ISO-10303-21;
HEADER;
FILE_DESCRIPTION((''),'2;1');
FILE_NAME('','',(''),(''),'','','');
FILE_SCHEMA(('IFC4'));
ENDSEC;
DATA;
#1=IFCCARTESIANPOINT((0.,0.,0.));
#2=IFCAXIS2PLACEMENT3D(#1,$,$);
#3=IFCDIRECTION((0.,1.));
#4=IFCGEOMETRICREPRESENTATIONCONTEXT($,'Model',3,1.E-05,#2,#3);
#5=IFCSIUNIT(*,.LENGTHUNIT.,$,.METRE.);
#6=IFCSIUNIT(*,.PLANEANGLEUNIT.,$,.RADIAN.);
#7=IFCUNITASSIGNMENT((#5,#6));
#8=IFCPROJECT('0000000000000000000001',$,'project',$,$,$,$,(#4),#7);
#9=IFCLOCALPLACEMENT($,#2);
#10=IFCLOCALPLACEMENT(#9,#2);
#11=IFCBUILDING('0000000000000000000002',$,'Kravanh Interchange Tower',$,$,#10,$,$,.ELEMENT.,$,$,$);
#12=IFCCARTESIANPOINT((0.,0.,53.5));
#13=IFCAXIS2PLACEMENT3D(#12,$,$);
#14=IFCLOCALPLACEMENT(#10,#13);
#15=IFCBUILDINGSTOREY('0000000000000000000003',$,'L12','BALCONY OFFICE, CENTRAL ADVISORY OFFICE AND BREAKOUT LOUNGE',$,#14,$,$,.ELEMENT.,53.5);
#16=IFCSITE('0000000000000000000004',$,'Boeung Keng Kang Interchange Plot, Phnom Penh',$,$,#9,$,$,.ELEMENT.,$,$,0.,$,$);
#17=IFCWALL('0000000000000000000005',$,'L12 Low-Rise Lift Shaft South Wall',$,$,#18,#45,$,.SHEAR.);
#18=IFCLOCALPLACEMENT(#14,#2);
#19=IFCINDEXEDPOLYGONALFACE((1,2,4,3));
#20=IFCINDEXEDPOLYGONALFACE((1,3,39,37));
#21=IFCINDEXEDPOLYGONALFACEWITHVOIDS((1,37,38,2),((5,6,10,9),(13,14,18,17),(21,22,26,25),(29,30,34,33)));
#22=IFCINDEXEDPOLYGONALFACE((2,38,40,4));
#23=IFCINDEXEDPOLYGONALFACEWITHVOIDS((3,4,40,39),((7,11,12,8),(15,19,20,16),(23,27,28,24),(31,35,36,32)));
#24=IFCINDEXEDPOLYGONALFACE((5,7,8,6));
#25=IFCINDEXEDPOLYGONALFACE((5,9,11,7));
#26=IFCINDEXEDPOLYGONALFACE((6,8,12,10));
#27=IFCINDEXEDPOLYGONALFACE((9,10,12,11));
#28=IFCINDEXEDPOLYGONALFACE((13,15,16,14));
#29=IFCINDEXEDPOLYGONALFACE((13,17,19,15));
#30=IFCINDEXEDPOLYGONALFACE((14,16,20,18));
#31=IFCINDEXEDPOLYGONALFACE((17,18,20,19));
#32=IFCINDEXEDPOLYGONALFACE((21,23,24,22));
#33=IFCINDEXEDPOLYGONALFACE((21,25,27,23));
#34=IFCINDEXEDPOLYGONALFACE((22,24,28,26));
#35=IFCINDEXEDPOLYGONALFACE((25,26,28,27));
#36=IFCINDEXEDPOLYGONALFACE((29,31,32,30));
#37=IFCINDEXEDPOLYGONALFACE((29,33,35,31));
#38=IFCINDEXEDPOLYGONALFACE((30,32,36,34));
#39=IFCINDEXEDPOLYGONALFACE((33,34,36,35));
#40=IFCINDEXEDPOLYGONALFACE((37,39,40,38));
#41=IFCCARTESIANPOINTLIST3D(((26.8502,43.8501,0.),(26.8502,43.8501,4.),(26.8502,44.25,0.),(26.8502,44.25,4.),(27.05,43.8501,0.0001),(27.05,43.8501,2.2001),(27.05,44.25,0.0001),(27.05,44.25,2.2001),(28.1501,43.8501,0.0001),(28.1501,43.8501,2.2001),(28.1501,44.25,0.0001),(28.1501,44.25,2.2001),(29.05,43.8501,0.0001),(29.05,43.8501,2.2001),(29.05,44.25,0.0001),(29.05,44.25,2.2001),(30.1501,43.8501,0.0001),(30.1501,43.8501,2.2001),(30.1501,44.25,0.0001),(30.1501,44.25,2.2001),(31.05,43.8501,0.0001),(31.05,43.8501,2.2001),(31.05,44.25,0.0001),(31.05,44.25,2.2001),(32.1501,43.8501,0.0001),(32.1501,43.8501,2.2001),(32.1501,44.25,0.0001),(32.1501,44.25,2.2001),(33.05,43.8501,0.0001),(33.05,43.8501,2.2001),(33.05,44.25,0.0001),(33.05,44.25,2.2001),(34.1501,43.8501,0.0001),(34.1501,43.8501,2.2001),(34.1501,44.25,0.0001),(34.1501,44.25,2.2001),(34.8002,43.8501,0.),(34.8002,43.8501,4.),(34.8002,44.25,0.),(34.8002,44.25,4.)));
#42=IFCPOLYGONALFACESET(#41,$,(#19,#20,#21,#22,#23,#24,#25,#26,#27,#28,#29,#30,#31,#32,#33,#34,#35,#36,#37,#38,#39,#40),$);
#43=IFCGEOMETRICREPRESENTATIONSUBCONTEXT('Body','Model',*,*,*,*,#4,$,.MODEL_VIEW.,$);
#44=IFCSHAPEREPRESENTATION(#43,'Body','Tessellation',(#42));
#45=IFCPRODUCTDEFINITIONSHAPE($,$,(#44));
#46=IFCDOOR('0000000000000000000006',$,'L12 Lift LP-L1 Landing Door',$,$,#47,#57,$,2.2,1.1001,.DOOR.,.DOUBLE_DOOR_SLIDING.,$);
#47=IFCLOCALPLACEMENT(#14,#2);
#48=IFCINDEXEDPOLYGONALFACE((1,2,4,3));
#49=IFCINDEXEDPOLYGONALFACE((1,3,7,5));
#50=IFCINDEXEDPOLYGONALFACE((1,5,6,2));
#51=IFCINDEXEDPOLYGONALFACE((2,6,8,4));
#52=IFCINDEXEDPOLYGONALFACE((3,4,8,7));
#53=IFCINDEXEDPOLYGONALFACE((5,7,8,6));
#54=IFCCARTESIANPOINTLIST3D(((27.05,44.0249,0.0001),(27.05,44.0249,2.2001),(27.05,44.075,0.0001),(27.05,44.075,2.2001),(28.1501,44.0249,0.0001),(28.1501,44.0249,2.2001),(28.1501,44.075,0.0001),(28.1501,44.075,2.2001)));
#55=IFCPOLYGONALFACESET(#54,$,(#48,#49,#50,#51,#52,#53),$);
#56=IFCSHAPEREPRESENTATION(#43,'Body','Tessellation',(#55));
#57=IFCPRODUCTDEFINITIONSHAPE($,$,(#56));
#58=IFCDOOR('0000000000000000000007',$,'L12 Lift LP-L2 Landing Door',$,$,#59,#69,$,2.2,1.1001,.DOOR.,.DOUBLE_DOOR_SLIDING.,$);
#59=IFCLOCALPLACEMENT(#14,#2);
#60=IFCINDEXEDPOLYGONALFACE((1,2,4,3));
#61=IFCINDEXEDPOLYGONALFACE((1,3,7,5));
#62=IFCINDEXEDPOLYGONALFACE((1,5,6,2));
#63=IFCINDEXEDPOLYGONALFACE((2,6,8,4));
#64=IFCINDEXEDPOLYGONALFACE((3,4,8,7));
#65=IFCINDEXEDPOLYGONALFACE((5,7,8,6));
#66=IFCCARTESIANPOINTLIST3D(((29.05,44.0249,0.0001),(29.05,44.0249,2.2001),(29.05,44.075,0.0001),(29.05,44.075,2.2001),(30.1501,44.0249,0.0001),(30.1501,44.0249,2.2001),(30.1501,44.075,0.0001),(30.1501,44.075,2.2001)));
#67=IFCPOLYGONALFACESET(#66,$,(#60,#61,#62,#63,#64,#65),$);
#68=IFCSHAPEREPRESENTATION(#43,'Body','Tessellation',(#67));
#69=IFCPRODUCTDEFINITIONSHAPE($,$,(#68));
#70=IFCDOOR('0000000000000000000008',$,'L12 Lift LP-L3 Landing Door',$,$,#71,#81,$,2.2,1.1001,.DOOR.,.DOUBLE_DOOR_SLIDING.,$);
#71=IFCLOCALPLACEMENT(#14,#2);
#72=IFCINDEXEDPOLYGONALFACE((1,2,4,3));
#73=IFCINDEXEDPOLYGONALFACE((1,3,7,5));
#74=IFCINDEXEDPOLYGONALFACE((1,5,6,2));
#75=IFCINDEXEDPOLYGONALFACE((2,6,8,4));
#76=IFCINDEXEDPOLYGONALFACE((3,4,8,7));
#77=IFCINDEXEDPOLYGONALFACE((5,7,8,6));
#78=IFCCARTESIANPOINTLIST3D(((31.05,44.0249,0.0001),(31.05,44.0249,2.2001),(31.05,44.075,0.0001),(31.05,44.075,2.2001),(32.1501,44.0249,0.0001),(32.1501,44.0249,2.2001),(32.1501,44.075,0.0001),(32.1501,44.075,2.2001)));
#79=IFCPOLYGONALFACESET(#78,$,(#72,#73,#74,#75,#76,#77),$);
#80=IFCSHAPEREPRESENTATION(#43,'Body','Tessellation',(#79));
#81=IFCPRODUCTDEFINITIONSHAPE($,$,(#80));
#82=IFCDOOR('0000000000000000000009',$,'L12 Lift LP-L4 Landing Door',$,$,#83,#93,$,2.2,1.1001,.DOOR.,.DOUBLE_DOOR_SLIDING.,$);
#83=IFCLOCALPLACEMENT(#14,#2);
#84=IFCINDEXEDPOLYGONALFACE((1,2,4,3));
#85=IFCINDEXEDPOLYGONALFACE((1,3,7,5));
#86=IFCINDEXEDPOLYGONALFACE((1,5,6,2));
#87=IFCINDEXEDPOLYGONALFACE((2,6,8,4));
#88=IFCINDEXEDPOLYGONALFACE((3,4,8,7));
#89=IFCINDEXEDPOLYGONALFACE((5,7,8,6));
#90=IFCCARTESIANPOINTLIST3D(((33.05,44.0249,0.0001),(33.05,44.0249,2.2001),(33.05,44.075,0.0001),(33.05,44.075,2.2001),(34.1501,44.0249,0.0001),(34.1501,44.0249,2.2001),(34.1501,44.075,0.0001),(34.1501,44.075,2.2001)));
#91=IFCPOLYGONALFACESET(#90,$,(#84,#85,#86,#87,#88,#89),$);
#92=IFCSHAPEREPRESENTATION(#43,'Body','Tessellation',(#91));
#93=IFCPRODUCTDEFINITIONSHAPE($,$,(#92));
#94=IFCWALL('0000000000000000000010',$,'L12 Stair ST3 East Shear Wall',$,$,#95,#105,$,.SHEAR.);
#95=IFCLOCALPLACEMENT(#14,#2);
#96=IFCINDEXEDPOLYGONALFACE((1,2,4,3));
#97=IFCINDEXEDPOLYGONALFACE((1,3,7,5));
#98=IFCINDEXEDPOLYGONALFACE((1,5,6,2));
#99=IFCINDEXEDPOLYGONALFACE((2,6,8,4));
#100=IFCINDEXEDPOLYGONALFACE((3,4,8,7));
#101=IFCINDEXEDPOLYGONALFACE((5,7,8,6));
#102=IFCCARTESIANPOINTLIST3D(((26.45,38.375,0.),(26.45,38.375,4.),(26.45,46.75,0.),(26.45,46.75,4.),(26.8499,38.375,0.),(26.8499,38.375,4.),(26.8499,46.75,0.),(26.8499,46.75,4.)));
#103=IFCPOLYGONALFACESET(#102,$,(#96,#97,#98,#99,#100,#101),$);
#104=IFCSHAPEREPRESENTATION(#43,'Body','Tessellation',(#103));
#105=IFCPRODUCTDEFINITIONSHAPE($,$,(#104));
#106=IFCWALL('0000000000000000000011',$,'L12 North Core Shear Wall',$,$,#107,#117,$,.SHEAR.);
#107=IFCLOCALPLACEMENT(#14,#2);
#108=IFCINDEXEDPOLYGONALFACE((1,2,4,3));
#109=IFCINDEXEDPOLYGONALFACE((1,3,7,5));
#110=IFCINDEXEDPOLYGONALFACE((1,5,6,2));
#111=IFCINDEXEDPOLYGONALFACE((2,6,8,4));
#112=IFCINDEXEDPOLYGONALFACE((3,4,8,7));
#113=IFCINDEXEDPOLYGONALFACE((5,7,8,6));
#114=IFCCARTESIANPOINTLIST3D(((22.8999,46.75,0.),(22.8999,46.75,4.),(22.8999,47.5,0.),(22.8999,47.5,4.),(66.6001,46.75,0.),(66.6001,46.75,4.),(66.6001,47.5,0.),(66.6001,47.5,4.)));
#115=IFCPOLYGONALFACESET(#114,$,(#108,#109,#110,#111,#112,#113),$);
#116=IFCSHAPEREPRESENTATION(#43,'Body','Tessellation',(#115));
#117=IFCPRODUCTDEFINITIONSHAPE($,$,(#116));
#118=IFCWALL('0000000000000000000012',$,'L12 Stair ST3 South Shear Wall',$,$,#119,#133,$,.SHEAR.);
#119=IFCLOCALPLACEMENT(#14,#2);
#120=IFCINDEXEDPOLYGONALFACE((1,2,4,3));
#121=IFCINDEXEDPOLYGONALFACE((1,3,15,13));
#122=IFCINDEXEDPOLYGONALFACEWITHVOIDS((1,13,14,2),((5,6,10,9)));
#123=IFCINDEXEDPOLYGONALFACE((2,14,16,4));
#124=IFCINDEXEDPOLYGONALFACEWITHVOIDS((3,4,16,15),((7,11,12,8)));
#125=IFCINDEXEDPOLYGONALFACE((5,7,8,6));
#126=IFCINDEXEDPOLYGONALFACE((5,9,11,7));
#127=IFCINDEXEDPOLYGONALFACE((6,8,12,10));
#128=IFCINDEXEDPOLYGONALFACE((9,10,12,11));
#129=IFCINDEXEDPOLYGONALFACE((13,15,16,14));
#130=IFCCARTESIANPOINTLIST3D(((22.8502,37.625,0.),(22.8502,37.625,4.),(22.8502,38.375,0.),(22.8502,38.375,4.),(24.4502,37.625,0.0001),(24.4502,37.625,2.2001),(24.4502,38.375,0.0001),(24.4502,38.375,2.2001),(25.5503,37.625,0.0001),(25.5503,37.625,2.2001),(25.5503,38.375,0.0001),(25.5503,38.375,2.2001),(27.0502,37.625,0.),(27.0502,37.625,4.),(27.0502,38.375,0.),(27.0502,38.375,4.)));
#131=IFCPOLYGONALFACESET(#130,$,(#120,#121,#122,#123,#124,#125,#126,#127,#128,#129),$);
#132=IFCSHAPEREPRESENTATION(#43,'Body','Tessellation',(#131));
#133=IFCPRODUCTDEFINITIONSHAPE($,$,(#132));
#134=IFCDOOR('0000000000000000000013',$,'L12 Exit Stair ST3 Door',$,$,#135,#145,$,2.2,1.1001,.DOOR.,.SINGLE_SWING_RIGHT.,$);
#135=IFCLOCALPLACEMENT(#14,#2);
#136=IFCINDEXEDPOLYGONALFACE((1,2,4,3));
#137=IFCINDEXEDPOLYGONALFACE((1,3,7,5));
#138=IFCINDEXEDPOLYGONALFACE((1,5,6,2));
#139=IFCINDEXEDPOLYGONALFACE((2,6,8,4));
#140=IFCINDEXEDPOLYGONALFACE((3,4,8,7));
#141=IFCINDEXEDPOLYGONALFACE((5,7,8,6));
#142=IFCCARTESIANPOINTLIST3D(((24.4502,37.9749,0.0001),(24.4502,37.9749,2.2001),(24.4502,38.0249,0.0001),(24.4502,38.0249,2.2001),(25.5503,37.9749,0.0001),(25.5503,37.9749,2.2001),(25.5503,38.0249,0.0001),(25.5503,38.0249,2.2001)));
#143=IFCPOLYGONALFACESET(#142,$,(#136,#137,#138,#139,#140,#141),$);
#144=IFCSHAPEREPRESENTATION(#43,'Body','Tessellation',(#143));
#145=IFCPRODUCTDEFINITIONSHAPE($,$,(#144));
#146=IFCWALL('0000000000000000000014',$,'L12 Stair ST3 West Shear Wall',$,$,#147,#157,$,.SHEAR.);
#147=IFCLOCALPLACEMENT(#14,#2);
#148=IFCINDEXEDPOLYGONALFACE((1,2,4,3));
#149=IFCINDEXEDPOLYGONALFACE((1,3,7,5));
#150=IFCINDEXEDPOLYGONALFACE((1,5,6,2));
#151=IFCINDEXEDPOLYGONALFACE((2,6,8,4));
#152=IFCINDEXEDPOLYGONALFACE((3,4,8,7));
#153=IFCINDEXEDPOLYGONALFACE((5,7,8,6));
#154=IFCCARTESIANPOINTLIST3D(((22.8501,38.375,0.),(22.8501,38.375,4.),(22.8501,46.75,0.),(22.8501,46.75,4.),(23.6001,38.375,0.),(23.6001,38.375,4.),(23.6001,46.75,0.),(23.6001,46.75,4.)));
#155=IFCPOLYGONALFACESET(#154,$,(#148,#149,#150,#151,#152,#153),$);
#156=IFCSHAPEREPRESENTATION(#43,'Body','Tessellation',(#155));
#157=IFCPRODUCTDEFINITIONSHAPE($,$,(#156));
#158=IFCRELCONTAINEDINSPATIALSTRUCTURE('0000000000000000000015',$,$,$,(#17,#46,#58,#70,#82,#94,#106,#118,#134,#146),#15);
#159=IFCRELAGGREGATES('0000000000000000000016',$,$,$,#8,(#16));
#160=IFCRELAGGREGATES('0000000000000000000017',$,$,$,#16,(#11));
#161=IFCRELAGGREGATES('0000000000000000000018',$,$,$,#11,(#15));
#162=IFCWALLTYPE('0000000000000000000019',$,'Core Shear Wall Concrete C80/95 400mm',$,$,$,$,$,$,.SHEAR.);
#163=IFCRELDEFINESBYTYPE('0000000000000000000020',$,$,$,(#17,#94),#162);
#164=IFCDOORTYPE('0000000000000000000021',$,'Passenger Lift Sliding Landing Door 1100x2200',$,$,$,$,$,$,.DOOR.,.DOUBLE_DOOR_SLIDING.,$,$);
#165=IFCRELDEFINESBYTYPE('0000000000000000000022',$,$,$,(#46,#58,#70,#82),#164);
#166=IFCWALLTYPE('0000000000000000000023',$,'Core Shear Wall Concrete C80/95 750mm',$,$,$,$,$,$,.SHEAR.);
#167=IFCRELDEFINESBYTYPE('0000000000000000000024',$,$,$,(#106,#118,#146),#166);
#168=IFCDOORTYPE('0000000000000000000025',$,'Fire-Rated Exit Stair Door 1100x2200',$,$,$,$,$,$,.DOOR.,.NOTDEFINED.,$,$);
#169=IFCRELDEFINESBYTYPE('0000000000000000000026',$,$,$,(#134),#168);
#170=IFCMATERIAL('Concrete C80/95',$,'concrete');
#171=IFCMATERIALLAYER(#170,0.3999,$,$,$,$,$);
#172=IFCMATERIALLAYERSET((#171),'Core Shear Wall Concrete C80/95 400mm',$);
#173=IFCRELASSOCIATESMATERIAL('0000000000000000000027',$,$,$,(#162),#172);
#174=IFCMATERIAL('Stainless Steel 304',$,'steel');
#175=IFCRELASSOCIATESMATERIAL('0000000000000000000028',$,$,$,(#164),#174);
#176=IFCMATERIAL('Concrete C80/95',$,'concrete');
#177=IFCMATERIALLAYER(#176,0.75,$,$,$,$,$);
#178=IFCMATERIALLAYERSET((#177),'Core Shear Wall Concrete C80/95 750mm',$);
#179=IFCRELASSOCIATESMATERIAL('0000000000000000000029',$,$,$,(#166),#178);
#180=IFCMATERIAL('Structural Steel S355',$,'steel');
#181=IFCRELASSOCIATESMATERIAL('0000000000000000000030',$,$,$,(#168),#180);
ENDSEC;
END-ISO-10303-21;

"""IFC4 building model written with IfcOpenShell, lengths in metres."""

from ifc_helpers import new_model, si_unit, direction, frame, frame_2d, origin, place, context, subcontext, project, spatial, rectangle, extrude, material, layer, layer_set, type_object, element, fill, save


model = new_model("IFC4")

# Units and contexts
model_context = context("Model", 3, precision=1e-05, world=origin(), true_north=direction((0.0, 1.0)))
body_context = subcontext(model_context, "Body", "Model", "MODEL_VIEW")
ifc_project = project(units=[si_unit("LENGTHUNIT", "METRE"), si_unit("PLANEANGLEUNIT", "RADIAN")], contexts=[model_context])

# Site, building, storey
site_placement = place(None, origin())
site = spatial("IfcSite", under=ifc_project, at=site_placement, Name="Boeung Keng Kang Interchange Plot, Phnom Penh", CompositionType="ELEMENT", RefElevation=0.0)
building_placement = place(site_placement, origin())
building = spatial("IfcBuilding", under=site, at=building_placement, Name="Kravanh Interchange Tower", CompositionType="ELEMENT")
storey_placement = place(building_placement, frame((0.0, 0.0, 53.5)))
storey = spatial("IfcBuildingStorey", under=building, at=storey_placement, Name="L12", Description="BALCONY OFFICE, CENTRAL ADVISORY OFFICE AND BREAKOUT LOUNGE", CompositionType="ELEMENT", Elevation=53.5)

# Wall, openings, doors
ifc_material_1 = material(Name="Concrete C80/95", Category="concrete")
ifc_layer_1 = layer(ifc_material_1, 0.3999)
ifc_layer_set_1 = layer_set([ifc_layer_1], Name="Core Shear Wall Concrete C80/95 400mm")
wall_type_1 = type_object("IfcWallType", Name="Core Shear Wall Concrete C80/95 400mm", PredefinedType="SHEAR", material=ifc_layer_set_1)
wall_1_placement = place(storey_placement, frame((26.8501, 44.05, 0.0), z_axis=(0.0, 0.0, 1.0), x_axis=(1.0, 0.0, 0.0)))
wall_1 = element("IfcWall", 1, at=wall_1_placement, inside=storey, type_object=wall_type_1, Name="L12 Low-Rise Lift Shaft South Wall", PredefinedType="SHEAR", context=body_context, shape_type="SweptSolid", body=[
    extrude(rectangle(XDim=7.95, YDim=0.3999, at=frame_2d((3.9751, 0.0))), origin(), (0.0, 0.0, 1.0), 4.0),
])
opening_1_placement = place(wall_1_placement, frame((0.2, 0.0, 0.0)))
opening_1 = element("IfcOpeningElement", 2, at=opening_1_placement, cuts=wall_1, PredefinedType="OPENING", context=body_context, shape_type="SweptSolid", body=[
    extrude(rectangle(XDim=1.1001, YDim=2.2, at=frame_2d((0.55, 1.1001))), frame((0.0, 0.21, 0.0), z_axis=(0.0, -1.0, 0.0), x_axis=(1.0, 0.0, 0.0)), (0.0, 0.0, 1.0), 0.4199),
])
opening_2_placement = place(wall_1_placement, frame((2.2, 0.0, 0.0)))
opening_2 = element("IfcOpeningElement", 3, at=opening_2_placement, cuts=wall_1, PredefinedType="OPENING", context=body_context, shape_type="SweptSolid", body=[
    extrude(rectangle(XDim=1.1001, YDim=2.2, at=frame_2d((0.55, 1.1001))), frame((0.0, 0.21, 0.0), z_axis=(0.0, -1.0, 0.0), x_axis=(1.0, 0.0, 0.0)), (0.0, 0.0, 1.0), 0.4199),
])
opening_3_placement = place(wall_1_placement, frame((4.2, 0.0, 0.0)))
opening_3 = element("IfcOpeningElement", 4, at=opening_3_placement, cuts=wall_1, PredefinedType="OPENING", context=body_context, shape_type="SweptSolid", body=[
    extrude(rectangle(XDim=1.1001, YDim=2.2, at=frame_2d((0.55, 1.1001))), frame((0.0, 0.21, 0.0), z_axis=(0.0, -1.0, 0.0), x_axis=(1.0, 0.0, 0.0)), (0.0, 0.0, 1.0), 0.4199),
])
opening_4_placement = place(wall_1_placement, frame((6.2, 0.0, 0.0)))
opening_4 = element("IfcOpeningElement", 5, at=opening_4_placement, cuts=wall_1, PredefinedType="OPENING", context=body_context, shape_type="SweptSolid", body=[
    extrude(rectangle(XDim=1.1001, YDim=2.2, at=frame_2d((0.55, 1.1001))), frame((0.0, 0.21, 0.0), z_axis=(0.0, -1.0, 0.0), x_axis=(1.0, 0.0, 0.0)), (0.0, 0.0, 1.0), 0.4199),
])
ifc_material_2 = material(Name="Stainless Steel 304", Category="steel")
door_type_1 = type_object("IfcDoorType", Name="Passenger Lift Sliding Landing Door 1100x2200", OperationType="DOUBLE_DOOR_SLIDING", PredefinedType="DOOR", material=ifc_material_2)
door_1_placement = place(opening_1_placement, origin())
door_1 = element("IfcDoor", 6, at=door_1_placement, inside=storey, type_object=door_type_1, Name="L12 Lift LP-L1 Landing Door", OperationType="DOUBLE_DOOR_SLIDING", OverallHeight=2.2, OverallWidth=1.1001, PredefinedType="DOOR", context=body_context, shape_type="SweptSolid", body=[
    extrude(rectangle(XDim=1.1001, YDim=2.2, at=frame_2d((0.55, 1.1001))), frame((0.0, 0.0249, 0.0), z_axis=(0.0, -1.0, 0.0), x_axis=(1.0, 0.0, 0.0)), (0.0, 0.0, 1.0), 0.05),
])
fill(opening_1, door_1)
door_2_placement = place(opening_2_placement, origin())
door_2 = element("IfcDoor", 7, at=door_2_placement, inside=storey, type_object=door_type_1, Name="L12 Lift LP-L2 Landing Door", OperationType="DOUBLE_DOOR_SLIDING", OverallHeight=2.2, OverallWidth=1.1001, PredefinedType="DOOR", context=body_context, shape_type="SweptSolid", body=[
    extrude(rectangle(XDim=1.1001, YDim=2.2, at=frame_2d((0.55, 1.1001))), frame((0.0, 0.0249, 0.0), z_axis=(0.0, -1.0, 0.0), x_axis=(1.0, 0.0, 0.0)), (0.0, 0.0, 1.0), 0.05),
])
fill(opening_2, door_2)
door_3_placement = place(opening_3_placement, origin())
door_3 = element("IfcDoor", 8, at=door_3_placement, inside=storey, type_object=door_type_1, Name="L12 Lift LP-L3 Landing Door", OperationType="DOUBLE_DOOR_SLIDING", OverallHeight=2.2, OverallWidth=1.1001, PredefinedType="DOOR", context=body_context, shape_type="SweptSolid", body=[
    extrude(rectangle(XDim=1.1001, YDim=2.2, at=frame_2d((0.55, 1.1001))), frame((0.0, 0.0249, 0.0), z_axis=(0.0, -1.0, 0.0), x_axis=(1.0, 0.0, 0.0)), (0.0, 0.0, 1.0), 0.05),
])
fill(opening_3, door_3)
door_4_placement = place(opening_4_placement, origin())
door_4 = element("IfcDoor", 9, at=door_4_placement, inside=storey, type_object=door_type_1, Name="L12 Lift LP-L4 Landing Door", OperationType="DOUBLE_DOOR_SLIDING", OverallHeight=2.2, OverallWidth=1.1001, PredefinedType="DOOR", context=body_context, shape_type="SweptSolid", body=[
    extrude(rectangle(XDim=1.1001, YDim=2.2, at=frame_2d((0.55, 1.1001))), frame((0.0, 0.0249, 0.0), z_axis=(0.0, -1.0, 0.0), x_axis=(1.0, 0.0, 0.0)), (0.0, 0.0, 1.0), 0.05),
])
fill(opening_4, door_4)

# Walls
wall_2_placement = place(storey_placement, frame((26.6499, 38.375, 0.0), z_axis=(0.0, 0.0, 1.0), x_axis=(0.0, 1.0, 0.0)))
element("IfcWall", 10, at=wall_2_placement, inside=storey, type_object=wall_type_1, Name="L12 Stair ST3 East Shear Wall", PredefinedType="SHEAR", context=body_context, shape_type="SweptSolid", body=[
    extrude(rectangle(XDim=8.375, YDim=0.3999, at=frame_2d((4.1875, 0.0))), origin(), (0.0, 0.0, 1.0), 4.0),
])
ifc_material_3 = material(Name="Concrete C80/95", Category="concrete")
ifc_layer_2 = layer(ifc_material_3, 0.75)
ifc_layer_set_2 = layer_set([ifc_layer_2], Name="Core Shear Wall Concrete C80/95 750mm")
wall_type_2 = type_object("IfcWallType", Name="Core Shear Wall Concrete C80/95 750mm", PredefinedType="SHEAR", material=ifc_layer_set_2)
wall_3_placement = place(storey_placement, frame((22.8999, 47.125, 0.0), z_axis=(0.0, 0.0, 1.0), x_axis=(1.0, 0.0, 0.0)))
element("IfcWall", 11, at=wall_3_placement, inside=storey, type_object=wall_type_2, Name="L12 North Core Shear Wall", PredefinedType="SHEAR", context=body_context, shape_type="SweptSolid", body=[
    extrude(rectangle(XDim=43.7002, YDim=0.75, at=frame_2d((21.8501, 0.0))), origin(), (0.0, 0.0, 1.0), 4.0),
])

# Wall, opening, door
wall_4_placement = place(storey_placement, frame((22.8501, 38.0, 0.0), z_axis=(0.0, 0.0, 1.0), x_axis=(1.0, 0.0, 0.0)))
wall_4 = element("IfcWall", 12, at=wall_4_placement, inside=storey, type_object=wall_type_2, Name="L12 Stair ST3 South Shear Wall", PredefinedType="SHEAR", context=body_context, shape_type="SweptSolid", body=[
    extrude(rectangle(XDim=4.2, YDim=0.75, at=frame_2d((2.1001, 0.0))), origin(), (0.0, 0.0, 1.0), 4.0),
])
opening_5_placement = place(wall_4_placement, frame((1.6001, 0.0, 0.0)))
opening_5 = element("IfcOpeningElement", 13, at=opening_5_placement, cuts=wall_4, PredefinedType="OPENING", context=body_context, shape_type="SweptSolid", body=[
    extrude(rectangle(XDim=1.1001, YDim=2.2, at=frame_2d((0.55, 1.1001))), frame((0.0, 0.385, 0.0), z_axis=(0.0, -1.0, 0.0), x_axis=(1.0, 0.0, 0.0)), (0.0, 0.0, 1.0), 0.77),
])
ifc_material_4 = material(Name="Structural Steel S355", Category="steel")
door_type_2 = type_object("IfcDoorType", Name="Fire-Rated Exit Stair Door 1100x2200", OperationType="NOTDEFINED", PredefinedType="DOOR", material=ifc_material_4)
door_5_placement = place(opening_5_placement, origin())
door_5 = element("IfcDoor", 14, at=door_5_placement, inside=storey, type_object=door_type_2, Name="L12 Exit Stair ST3 Door", OperationType="SINGLE_SWING_RIGHT", OverallHeight=2.2, OverallWidth=1.1001, PredefinedType="DOOR", context=body_context, shape_type="SweptSolid", body=[
    extrude(rectangle(XDim=1.1001, YDim=2.2, at=frame_2d((0.55, 1.1001))), frame((0.0, 0.0249, 0.0), z_axis=(0.0, -1.0, 0.0), x_axis=(1.0, 0.0, 0.0)), (0.0, 0.0, 1.0), 0.05),
])
fill(opening_5, door_5)

# Wall
wall_5_placement = place(storey_placement, frame((23.2251, 38.375, 0.0), z_axis=(0.0, 0.0, 1.0), x_axis=(0.0, 1.0, 0.0)))
element("IfcWall", 15, at=wall_5_placement, inside=storey, type_object=wall_type_2, Name="L12 Stair ST3 West Shear Wall", PredefinedType="SHEAR", context=body_context, shape_type="SweptSolid", body=[
    extrude(rectangle(XDim=8.375, YDim=0.75, at=frame_2d((4.1875, 0.0))), origin(), (0.0, 0.0, 1.0), 4.0),
])

save(model, "model.ifc")
